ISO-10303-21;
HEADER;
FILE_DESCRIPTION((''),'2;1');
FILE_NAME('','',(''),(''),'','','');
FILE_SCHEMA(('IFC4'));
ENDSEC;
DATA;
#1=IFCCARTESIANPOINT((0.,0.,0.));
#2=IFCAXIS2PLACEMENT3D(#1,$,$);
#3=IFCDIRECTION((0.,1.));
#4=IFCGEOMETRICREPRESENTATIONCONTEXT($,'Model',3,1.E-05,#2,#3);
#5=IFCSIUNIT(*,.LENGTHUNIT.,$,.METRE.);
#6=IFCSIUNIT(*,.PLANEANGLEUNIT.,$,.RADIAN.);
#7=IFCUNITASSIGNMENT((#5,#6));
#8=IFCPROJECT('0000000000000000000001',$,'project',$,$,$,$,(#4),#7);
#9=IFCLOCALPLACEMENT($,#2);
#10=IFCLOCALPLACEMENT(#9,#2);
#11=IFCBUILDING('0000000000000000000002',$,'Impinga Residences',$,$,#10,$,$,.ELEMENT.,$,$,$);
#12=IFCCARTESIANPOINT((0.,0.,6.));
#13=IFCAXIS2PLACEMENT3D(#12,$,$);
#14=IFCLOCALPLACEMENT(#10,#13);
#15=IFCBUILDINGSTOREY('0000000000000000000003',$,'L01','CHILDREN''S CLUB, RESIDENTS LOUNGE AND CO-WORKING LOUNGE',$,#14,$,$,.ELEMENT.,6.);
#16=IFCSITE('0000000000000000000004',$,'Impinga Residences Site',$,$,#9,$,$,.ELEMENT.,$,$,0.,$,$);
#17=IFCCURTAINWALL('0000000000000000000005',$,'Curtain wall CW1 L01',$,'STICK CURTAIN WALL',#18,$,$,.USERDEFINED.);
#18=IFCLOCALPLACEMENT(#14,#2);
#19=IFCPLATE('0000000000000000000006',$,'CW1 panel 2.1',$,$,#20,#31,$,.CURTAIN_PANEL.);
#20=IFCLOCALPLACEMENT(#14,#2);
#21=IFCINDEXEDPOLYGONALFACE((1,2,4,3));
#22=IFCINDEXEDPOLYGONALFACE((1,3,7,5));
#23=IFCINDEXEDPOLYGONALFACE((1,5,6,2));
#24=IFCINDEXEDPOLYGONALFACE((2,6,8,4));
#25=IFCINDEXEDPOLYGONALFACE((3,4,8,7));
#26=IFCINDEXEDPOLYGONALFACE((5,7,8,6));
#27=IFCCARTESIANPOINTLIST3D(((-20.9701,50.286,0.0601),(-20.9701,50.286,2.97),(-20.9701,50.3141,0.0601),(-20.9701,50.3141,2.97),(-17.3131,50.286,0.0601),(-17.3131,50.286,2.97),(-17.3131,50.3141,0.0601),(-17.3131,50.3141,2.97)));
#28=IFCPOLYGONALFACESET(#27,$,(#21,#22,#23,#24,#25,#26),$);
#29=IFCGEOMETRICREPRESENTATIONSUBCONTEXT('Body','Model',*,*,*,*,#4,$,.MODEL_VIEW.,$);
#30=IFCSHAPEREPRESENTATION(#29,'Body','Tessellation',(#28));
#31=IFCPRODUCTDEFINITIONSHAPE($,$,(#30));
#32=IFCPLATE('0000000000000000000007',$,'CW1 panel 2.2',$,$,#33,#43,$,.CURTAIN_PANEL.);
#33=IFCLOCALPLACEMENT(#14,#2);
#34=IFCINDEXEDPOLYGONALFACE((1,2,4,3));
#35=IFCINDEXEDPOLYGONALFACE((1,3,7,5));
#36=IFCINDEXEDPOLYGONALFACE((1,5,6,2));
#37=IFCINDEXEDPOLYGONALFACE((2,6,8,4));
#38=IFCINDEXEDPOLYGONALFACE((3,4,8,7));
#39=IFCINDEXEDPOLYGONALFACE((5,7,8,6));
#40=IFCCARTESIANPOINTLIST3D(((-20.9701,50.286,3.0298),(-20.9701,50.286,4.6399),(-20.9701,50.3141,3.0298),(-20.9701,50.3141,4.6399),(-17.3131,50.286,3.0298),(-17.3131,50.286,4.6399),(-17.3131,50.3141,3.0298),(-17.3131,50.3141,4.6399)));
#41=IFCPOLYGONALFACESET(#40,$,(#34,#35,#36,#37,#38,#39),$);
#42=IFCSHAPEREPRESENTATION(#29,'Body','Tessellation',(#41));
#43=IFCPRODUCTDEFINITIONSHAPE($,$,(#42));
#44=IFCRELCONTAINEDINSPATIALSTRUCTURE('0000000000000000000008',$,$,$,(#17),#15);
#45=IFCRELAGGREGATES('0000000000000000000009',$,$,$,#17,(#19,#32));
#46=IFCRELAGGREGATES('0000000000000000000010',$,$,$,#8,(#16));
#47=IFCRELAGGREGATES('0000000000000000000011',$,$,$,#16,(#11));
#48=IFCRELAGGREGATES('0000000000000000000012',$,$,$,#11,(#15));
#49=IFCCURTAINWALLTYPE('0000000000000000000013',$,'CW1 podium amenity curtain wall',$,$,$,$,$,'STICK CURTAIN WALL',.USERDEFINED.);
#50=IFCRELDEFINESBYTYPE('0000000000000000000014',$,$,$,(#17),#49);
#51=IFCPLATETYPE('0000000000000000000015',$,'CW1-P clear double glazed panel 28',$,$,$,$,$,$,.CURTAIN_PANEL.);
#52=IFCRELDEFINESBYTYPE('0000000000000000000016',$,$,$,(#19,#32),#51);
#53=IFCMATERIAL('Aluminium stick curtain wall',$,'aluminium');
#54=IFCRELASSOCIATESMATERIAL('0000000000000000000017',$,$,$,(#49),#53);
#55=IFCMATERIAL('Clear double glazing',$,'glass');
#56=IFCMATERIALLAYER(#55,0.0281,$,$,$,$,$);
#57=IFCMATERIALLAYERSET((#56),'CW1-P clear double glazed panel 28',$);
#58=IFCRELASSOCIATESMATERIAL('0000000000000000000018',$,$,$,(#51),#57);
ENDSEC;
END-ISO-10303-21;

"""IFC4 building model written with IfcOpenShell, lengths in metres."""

from ifc_helpers import new_model, si_unit, direction, frame, origin, origin_2d, place, context, subcontext, project, spatial, rectangle, extrude, material, layer, layer_set, type_object, element, aggregate, save


model = new_model("IFC4")

# Units and contexts
model_context = context("Model", 3, precision=1e-05, world=origin(), true_north=direction((0.0, 1.0)))
body_context = subcontext(model_context, "Body", "Model", "MODEL_VIEW")
ifc_project = project(units=[si_unit("LENGTHUNIT", "METRE"), si_unit("PLANEANGLEUNIT", "RADIAN")], contexts=[model_context])

# Site, building, storey
site_placement = place(None, origin())
site = spatial("IfcSite", under=ifc_project, at=site_placement, Name="Impinga Residences Site", CompositionType="ELEMENT", RefElevation=0.0)
building_placement = place(site_placement, origin())
building = spatial("IfcBuilding", under=site, at=building_placement, Name="Impinga Residences", CompositionType="ELEMENT")
storey_placement = place(building_placement, frame((0.0, 0.0, 6.0)))
storey = spatial("IfcBuildingStorey", under=building, at=storey_placement, Name="L01", Description="CHILDREN'S CLUB, RESIDENTS LOUNGE AND CO-WORKING LOUNGE", CompositionType="ELEMENT", Elevation=6.0)

# Curtain wall
ifc_material_1 = material(Name="Aluminium stick curtain wall", Category="aluminium")
curtain_wall_type = type_object("IfcCurtainWallType", Name="CW1 podium amenity curtain wall", ElementType="STICK CURTAIN WALL", PredefinedType="USERDEFINED", material=ifc_material_1)
curtain_wall_1_placement = place(storey_placement, origin())
curtain_wall_1 = element("IfcCurtainWall", 1, at=curtain_wall_1_placement, inside=storey, type_object=curtain_wall_type, Name="Curtain wall CW1 L01", ObjectType="STICK CURTAIN WALL", PredefinedType="USERDEFINED")

# Plates
ifc_material_2 = material(Name="Clear double glazing", Category="glass")
ifc_layer = layer(ifc_material_2, 0.0281)
ifc_layer_set = layer_set([ifc_layer], Name="CW1-P clear double glazed panel 28")
plate_type = type_object("IfcPlateType", Name="CW1-P clear double glazed panel 28", PredefinedType="CURTAIN_PANEL", material=ifc_layer_set)
plate_1_placement = place(storey_placement, frame((-19.1416, 50.3, 0.0601), z_axis=(0.0, 0.0, 1.0), x_axis=(1.0, 0.0, 0.0)))
plate_1 = element("IfcPlate", 2, at=plate_1_placement, type_object=plate_type, Name="CW1 panel 2.1", PredefinedType="CURTAIN_PANEL", context=body_context, shape_type="SweptSolid", body=[
    extrude(rectangle(XDim=3.657, YDim=0.0281, at=origin_2d()), origin(), (0.0, 0.0, 1.0), 2.9099),
])
plate_2_placement = place(storey_placement, frame((-19.1416, 50.3, 3.0298), z_axis=(0.0, 0.0, 1.0), x_axis=(1.0, 0.0, 0.0)))
plate_2 = element("IfcPlate", 3, at=plate_2_placement, type_object=plate_type, Name="CW1 panel 2.2", PredefinedType="CURTAIN_PANEL", context=body_context, shape_type="SweptSolid", body=[
    extrude(rectangle(XDim=3.657, YDim=0.0281, at=origin_2d()), origin(), (0.0, 0.0, 1.0), 1.6101),
])
aggregate(curtain_wall_1, [plate_1, plate_2])

save(model, "model.ifc")
